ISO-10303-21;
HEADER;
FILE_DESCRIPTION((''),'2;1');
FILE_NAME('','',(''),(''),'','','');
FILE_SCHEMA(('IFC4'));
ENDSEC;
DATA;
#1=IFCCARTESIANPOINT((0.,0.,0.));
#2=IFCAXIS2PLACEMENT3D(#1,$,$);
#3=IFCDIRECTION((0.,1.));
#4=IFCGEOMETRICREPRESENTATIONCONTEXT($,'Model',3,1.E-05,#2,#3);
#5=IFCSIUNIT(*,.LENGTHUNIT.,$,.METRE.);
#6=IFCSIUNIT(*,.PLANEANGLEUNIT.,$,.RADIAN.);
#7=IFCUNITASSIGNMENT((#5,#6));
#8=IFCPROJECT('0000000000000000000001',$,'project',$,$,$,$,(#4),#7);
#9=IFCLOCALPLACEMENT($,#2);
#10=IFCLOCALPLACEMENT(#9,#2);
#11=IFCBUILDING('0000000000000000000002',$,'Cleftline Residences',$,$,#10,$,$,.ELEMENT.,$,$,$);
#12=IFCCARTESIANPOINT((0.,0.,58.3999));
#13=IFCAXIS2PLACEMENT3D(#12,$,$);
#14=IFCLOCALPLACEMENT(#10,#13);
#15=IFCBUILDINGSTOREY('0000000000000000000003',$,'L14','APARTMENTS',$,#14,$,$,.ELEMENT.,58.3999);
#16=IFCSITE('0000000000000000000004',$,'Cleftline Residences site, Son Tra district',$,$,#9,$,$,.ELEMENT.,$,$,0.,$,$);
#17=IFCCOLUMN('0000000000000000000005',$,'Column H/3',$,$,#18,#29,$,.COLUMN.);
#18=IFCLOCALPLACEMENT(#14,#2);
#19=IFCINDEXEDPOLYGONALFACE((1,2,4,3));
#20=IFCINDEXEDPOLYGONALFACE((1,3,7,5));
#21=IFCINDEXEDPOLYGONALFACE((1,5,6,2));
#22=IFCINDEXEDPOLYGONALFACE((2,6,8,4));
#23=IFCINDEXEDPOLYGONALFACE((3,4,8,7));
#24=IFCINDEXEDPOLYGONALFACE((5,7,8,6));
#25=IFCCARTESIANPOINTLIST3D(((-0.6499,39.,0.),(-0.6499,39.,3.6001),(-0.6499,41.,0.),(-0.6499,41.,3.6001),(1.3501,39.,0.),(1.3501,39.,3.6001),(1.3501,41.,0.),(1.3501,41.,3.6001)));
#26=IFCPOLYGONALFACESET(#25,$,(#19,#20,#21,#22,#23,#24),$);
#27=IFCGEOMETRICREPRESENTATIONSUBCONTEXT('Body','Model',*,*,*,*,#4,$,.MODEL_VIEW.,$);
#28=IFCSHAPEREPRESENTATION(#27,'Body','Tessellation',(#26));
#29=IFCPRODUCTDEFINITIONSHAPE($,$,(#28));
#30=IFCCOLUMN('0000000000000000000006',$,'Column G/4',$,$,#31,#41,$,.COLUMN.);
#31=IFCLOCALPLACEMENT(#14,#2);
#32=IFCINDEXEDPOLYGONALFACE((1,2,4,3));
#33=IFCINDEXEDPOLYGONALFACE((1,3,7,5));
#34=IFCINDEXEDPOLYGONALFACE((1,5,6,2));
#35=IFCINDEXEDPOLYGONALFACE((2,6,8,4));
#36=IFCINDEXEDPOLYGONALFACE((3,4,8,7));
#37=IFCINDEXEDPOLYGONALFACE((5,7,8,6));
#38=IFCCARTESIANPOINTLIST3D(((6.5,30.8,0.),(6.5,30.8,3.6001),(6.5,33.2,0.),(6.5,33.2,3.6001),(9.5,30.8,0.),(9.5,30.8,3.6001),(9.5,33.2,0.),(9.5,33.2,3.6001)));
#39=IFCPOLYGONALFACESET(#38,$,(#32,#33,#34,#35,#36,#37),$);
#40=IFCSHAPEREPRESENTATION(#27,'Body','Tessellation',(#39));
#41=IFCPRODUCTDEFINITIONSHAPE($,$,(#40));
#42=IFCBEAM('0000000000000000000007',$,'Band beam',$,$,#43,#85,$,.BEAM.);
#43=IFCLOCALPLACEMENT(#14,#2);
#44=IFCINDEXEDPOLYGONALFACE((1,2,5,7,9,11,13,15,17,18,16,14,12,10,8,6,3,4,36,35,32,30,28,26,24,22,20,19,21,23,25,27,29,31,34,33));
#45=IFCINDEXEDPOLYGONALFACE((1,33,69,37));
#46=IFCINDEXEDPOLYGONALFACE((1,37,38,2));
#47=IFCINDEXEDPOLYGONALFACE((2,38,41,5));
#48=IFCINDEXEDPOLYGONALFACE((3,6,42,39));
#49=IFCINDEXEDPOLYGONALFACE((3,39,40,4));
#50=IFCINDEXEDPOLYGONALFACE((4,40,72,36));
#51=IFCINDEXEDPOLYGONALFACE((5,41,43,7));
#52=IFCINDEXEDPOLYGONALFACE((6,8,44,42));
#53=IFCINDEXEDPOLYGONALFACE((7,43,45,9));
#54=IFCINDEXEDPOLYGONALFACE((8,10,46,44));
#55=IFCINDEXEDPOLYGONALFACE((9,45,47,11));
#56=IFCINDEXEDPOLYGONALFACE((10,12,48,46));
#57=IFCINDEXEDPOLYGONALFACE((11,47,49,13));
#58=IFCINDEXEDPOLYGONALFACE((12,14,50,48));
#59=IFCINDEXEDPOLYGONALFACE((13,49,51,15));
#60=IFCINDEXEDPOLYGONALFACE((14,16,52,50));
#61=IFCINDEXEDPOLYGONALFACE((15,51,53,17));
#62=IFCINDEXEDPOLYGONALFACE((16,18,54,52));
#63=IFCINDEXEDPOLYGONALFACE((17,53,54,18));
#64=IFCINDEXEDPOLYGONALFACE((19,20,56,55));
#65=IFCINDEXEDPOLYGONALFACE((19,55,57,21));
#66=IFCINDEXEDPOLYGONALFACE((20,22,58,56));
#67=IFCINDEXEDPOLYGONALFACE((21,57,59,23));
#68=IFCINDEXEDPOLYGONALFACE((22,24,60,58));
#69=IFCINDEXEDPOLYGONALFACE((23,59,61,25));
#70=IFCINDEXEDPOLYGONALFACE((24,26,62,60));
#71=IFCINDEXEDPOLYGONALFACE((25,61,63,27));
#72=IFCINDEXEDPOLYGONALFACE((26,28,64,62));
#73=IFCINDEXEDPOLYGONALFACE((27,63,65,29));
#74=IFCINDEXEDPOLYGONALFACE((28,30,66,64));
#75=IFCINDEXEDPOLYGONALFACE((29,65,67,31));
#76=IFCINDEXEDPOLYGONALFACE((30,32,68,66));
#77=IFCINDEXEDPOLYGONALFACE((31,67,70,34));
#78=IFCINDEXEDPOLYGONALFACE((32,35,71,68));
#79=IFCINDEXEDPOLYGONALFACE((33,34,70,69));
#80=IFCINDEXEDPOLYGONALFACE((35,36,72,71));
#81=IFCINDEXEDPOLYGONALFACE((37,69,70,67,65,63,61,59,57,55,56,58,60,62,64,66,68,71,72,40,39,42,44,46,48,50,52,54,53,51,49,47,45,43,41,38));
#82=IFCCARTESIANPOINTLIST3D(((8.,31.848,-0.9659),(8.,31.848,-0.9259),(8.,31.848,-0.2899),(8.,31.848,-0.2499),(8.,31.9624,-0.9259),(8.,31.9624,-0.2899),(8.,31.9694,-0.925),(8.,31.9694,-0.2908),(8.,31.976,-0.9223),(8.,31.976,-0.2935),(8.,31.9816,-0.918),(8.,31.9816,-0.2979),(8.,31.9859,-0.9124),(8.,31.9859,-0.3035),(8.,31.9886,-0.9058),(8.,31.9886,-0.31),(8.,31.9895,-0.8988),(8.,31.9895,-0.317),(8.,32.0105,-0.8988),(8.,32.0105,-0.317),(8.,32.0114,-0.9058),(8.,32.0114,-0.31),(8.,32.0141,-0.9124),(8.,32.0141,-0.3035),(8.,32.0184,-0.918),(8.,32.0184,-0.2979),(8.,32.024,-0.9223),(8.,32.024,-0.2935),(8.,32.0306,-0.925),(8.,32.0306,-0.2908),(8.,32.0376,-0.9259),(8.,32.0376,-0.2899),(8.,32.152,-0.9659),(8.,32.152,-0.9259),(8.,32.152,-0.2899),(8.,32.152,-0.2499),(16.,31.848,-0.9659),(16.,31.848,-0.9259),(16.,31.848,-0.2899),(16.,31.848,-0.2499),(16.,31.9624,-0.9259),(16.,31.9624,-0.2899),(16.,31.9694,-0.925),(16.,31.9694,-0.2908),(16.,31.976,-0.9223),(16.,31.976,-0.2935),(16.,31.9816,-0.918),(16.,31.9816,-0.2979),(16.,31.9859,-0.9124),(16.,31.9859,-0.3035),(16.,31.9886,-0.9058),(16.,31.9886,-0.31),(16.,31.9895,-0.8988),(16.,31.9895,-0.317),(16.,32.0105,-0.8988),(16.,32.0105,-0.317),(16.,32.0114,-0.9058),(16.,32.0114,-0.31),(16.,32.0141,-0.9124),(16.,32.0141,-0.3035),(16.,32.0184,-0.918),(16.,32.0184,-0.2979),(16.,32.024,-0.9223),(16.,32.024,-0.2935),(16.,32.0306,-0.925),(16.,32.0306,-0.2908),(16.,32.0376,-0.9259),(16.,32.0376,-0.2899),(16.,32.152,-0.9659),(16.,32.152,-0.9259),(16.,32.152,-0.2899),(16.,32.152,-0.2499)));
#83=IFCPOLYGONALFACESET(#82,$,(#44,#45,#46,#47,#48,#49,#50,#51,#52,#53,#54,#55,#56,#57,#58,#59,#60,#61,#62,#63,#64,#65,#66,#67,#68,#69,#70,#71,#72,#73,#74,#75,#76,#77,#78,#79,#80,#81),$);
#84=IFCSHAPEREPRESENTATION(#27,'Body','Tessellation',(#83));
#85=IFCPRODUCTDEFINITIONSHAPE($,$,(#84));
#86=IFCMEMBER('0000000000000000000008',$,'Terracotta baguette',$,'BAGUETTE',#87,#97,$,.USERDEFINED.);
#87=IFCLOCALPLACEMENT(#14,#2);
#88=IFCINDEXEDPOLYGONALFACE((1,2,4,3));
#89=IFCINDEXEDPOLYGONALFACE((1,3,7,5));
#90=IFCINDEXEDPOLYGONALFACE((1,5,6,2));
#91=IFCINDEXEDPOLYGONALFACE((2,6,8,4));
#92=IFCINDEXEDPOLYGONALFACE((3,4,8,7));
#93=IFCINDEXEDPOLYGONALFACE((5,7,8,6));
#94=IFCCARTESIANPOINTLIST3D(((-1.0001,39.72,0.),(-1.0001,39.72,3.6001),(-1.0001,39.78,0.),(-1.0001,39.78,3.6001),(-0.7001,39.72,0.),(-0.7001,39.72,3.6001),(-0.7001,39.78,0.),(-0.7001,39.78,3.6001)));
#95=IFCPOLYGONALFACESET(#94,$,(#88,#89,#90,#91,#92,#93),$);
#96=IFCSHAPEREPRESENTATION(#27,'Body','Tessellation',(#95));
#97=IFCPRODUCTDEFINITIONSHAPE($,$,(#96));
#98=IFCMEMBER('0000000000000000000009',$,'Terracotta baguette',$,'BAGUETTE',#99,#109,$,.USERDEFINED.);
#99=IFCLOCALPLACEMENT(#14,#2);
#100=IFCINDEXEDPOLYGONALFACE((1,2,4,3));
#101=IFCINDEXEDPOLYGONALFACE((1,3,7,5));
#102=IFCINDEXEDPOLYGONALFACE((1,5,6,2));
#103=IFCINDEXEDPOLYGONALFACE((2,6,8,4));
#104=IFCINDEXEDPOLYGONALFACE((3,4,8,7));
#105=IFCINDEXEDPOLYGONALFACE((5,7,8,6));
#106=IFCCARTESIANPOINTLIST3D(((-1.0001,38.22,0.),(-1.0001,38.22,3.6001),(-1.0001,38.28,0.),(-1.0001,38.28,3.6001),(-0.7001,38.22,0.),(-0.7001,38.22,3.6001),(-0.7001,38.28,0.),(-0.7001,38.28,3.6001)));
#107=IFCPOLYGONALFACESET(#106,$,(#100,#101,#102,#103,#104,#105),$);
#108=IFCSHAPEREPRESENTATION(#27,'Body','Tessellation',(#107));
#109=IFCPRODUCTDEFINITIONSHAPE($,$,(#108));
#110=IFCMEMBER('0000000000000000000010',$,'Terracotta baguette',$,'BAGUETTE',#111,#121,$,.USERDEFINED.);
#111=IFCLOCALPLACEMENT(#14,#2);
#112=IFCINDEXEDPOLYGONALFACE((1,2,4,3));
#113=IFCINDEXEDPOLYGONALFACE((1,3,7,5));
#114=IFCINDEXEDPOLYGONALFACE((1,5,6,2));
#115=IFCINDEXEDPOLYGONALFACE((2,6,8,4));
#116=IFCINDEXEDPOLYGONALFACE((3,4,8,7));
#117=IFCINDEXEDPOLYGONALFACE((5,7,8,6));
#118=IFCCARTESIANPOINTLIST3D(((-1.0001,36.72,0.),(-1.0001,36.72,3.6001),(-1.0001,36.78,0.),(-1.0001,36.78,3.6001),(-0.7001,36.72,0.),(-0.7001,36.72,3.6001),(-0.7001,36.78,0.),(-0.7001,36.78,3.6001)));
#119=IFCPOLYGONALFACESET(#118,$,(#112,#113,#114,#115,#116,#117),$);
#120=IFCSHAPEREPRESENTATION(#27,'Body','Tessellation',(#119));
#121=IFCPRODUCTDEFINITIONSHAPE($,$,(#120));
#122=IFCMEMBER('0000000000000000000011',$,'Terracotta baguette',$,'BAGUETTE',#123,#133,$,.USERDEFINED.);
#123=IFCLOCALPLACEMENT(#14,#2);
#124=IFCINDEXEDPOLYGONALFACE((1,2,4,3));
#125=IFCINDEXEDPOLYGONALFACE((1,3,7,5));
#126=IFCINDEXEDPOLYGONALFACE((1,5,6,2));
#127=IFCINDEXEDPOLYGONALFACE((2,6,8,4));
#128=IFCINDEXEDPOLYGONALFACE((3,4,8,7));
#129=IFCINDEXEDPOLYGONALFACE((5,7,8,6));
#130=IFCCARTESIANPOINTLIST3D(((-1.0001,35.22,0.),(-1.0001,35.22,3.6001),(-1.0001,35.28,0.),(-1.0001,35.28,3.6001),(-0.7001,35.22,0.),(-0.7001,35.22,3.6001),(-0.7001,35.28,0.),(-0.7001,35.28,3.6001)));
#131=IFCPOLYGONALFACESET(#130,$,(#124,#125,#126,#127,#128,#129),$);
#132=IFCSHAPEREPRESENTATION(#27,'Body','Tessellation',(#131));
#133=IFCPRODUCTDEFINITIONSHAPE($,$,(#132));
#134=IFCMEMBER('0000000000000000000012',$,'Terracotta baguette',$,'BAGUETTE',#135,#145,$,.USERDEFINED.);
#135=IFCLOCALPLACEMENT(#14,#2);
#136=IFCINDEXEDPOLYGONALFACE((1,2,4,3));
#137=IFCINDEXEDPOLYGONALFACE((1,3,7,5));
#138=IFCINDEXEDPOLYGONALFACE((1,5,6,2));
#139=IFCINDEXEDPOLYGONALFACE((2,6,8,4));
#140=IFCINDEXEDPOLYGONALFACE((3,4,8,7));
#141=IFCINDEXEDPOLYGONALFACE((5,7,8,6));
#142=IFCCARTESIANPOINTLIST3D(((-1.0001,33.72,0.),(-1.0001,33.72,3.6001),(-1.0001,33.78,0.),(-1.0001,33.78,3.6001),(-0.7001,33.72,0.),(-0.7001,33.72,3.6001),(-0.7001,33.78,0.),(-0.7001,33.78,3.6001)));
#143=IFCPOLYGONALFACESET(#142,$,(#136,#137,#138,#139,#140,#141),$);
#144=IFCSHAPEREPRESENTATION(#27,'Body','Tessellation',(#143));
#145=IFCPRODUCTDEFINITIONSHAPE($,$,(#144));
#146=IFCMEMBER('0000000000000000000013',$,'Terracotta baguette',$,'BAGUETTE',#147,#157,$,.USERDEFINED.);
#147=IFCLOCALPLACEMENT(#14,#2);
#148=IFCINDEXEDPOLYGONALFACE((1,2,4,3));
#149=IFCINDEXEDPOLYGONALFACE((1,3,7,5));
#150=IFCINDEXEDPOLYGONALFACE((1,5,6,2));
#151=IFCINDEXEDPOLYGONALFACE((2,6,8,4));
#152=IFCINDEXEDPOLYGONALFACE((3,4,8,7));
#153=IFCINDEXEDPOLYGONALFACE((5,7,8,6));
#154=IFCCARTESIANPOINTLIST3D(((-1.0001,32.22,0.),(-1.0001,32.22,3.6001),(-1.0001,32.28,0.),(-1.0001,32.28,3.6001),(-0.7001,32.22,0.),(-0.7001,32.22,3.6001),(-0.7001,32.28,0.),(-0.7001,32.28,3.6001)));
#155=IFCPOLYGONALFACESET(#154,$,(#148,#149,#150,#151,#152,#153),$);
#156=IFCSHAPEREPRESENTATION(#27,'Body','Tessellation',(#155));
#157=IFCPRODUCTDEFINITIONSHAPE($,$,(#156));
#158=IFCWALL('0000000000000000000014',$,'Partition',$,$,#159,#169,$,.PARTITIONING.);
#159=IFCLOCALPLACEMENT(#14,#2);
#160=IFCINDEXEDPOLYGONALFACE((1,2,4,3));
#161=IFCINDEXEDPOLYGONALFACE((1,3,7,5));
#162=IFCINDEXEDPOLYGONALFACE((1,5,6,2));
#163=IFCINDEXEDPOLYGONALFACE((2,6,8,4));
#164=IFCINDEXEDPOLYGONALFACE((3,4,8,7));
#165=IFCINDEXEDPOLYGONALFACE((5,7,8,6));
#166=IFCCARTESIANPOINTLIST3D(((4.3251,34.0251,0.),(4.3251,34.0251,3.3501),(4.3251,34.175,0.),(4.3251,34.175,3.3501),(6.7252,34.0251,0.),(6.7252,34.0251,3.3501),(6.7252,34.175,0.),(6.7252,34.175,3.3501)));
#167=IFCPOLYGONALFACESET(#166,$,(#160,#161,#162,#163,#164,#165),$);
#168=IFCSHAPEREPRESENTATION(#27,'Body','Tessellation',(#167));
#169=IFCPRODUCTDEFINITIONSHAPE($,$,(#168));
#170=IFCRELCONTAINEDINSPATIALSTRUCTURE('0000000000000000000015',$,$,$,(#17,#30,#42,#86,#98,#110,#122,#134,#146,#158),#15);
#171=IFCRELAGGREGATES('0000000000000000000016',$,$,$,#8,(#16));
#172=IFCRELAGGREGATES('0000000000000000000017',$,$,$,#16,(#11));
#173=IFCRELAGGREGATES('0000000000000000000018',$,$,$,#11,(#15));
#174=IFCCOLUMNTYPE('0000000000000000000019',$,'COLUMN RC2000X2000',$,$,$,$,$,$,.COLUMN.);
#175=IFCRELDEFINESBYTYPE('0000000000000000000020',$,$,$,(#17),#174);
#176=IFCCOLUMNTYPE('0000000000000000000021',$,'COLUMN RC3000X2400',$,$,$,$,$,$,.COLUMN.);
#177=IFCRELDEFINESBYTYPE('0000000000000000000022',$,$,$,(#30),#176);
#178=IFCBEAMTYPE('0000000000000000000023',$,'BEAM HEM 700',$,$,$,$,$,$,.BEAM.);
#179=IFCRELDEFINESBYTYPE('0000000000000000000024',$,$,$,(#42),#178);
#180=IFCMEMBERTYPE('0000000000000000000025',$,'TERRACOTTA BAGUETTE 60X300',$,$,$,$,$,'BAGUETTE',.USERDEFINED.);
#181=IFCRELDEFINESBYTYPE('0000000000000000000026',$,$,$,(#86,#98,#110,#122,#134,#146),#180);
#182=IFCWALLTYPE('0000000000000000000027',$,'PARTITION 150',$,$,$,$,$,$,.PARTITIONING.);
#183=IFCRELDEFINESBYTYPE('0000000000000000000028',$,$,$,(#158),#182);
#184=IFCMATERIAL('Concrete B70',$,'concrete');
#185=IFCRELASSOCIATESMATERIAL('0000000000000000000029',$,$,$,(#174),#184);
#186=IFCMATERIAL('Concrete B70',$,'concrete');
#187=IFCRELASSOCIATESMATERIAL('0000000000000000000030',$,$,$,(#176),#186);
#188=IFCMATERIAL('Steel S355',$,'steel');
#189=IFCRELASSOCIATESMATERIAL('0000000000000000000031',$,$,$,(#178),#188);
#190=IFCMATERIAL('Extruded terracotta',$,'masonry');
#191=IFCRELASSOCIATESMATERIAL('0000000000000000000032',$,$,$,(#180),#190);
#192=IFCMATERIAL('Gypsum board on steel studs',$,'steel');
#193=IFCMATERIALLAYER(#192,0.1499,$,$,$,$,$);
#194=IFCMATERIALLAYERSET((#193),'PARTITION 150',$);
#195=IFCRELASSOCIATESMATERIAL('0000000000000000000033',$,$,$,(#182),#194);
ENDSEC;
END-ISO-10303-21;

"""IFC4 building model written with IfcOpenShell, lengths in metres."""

from ifc_helpers import new_model, si_unit, direction, frame, frame_2d, origin, origin_2d, place, context, subcontext, project, spatial, rectangle, i_section, extrude, material, layer, layer_set, material_profile, profile_set, type_object, element, save


model = new_model("IFC4")

# Units and contexts
model_context = context("Model", 3, precision=1e-05, world=origin(), true_north=direction((0.0, 1.0)))
body_context = subcontext(model_context, "Body", "Model", "MODEL_VIEW")
ifc_project = project(units=[si_unit("LENGTHUNIT", "METRE"), si_unit("PLANEANGLEUNIT", "RADIAN")], contexts=[model_context])

# Site, building, storey
site_placement = place(None, origin())
site = spatial("IfcSite", under=ifc_project, at=site_placement, Name="Cleftline Residences site, Son Tra district", CompositionType="ELEMENT", RefElevation=0.0)
building_placement = place(site_placement, origin())
building = spatial("IfcBuilding", under=site, at=building_placement, Name="Cleftline Residences", CompositionType="ELEMENT")
storey_placement = place(building_placement, frame((0.0, 0.0, 58.3999)))
storey = spatial("IfcBuildingStorey", under=building, at=storey_placement, Name="L14", Description="APARTMENTS", CompositionType="ELEMENT", Elevation=58.3999)

# Columns
ifc_material_1 = material(Name="Concrete B70", Category="concrete")
ifc_material_profile_1 = material_profile(ifc_material_1, rectangle(XDim=2.0, YDim=2.0, at=origin_2d()))
ifc_profile_set_1 = profile_set([ifc_material_profile_1], Name="Concrete B70")
column_type_1 = type_object("IfcColumnType", Name="COLUMN RC2000X2000", PredefinedType="COLUMN", material=ifc_profile_set_1)
column_1_placement = place(storey_placement, frame((0.3501, 40.0, 0.0), z_axis=(0.0, 0.0, 1.0), x_axis=(1.0, 0.0, 0.0)))
element("IfcColumn", 1, at=column_1_placement, inside=storey, type_object=column_type_1, Name="Column H/3", PredefinedType="COLUMN", context=body_context, shape_type="SweptSolid", body=[
    extrude(rectangle(XDim=2.0, YDim=2.0, at=origin_2d()), origin(), (0.0, 0.0, 1.0), 3.6001),
])
ifc_material_2 = material(Name="Concrete B70", Category="concrete")
ifc_material_profile_2 = material_profile(ifc_material_2, rectangle(XDim=3.0, YDim=2.3999, at=origin_2d()))
ifc_profile_set_2 = profile_set([ifc_material_profile_2], Name="Concrete B70")
column_type_2 = type_object("IfcColumnType", Name="COLUMN RC3000X2400", PredefinedType="COLUMN", material=ifc_profile_set_2)
column_2_placement = place(storey_placement, frame((8.0, 32.0, 0.0), z_axis=(0.0, 0.0, 1.0), x_axis=(1.0, 0.0, 0.0)))
element("IfcColumn", 2, at=column_2_placement, inside=storey, type_object=column_type_2, Name="Column G/4", PredefinedType="COLUMN", context=body_context, shape_type="SweptSolid", body=[
    extrude(rectangle(XDim=3.0, YDim=2.3999, at=origin_2d()), origin(), (0.0, 0.0, 1.0), 3.6001),
])

# Beam
ifc_material_3 = material(Name="Steel S355", Category="steel")
ifc_material_profile_3 = material_profile(ifc_material_3, i_section(OverallWidth=0.304, OverallDepth=0.7161, WebThickness=0.021, FlangeThickness=0.04, FilletRadius=0.0271, at=origin_2d()))
ifc_profile_set_3 = profile_set([ifc_material_profile_3], Name="Steel S355")
beam_type = type_object("IfcBeamType", Name="BEAM HEM 700", PredefinedType="BEAM", material=ifc_profile_set_3)
beam_placement = place(storey_placement, frame((8.0, 32.0, -0.6079), z_axis=(1.0, 0.0, 0.0), x_axis=(0.0, 1.0, 0.0)))
element("IfcBeam", 3, at=beam_placement, inside=storey, type_object=beam_type, Name="Band beam", PredefinedType="BEAM", context=body_context, shape_type="SweptSolid", body=[
    extrude(i_section(OverallWidth=0.304, OverallDepth=0.7161, WebThickness=0.021, FlangeThickness=0.04, FilletRadius=0.0271, at=origin_2d()), origin(), (0.0, 0.0, 1.0), 8.0),
])

# Members
ifc_material_4 = material(Name="Extruded terracotta", Category="masonry")
ifc_material_profile_4 = material_profile(ifc_material_4, rectangle(XDim=0.0601, YDim=0.3, at=origin_2d()))
ifc_profile_set_4 = profile_set([ifc_material_profile_4], Name="Extruded terracotta")
member_type = type_object("IfcMemberType", Name="TERRACOTTA BAGUETTE 60X300", ElementType="BAGUETTE", PredefinedType="USERDEFINED", material=ifc_profile_set_4)
for number, where, z_axis, x_axis, name in (
    (4, (-0.8501, 39.75, 0.0), (0.0, 0.0, 1.0), (0.0, 1.0, 0.0), "Terracotta baguette"),
    (5, (-0.8501, 38.25, 0.0), (0.0, 0.0, 1.0), (0.0, 1.0, 0.0), "Terracotta baguette"),
    (6, (-0.8501, 36.75, 0.0), (0.0, 0.0, 1.0), (0.0, 1.0, 0.0), "Terracotta baguette"),
    (7, (-0.8501, 35.25, 0.0), (0.0, 0.0, 1.0), (0.0, 1.0, 0.0), "Terracotta baguette"),
    (8, (-0.8501, 33.75, 0.0), (0.0, 0.0, 1.0), (0.0, 1.0, 0.0), "Terracotta baguette"),
    (9, (-0.8501, 32.25, 0.0), (0.0, 0.0, 1.0), (0.0, 1.0, 0.0), "Terracotta baguette"),
):
    element("IfcMember", number, at=place(storey_placement, frame(where, z_axis=z_axis, x_axis=x_axis)), inside=storey, type_object=member_type, Name=name, ObjectType="BAGUETTE", PredefinedType="USERDEFINED", context=body_context, shape_type="SweptSolid", body=[
        extrude(rectangle(XDim=0.0601, YDim=0.3, at=origin_2d()), origin(), (0.0, 0.0, 1.0), 3.6001),
    ])

# Wall
ifc_material_5 = material(Name="Gypsum board on steel studs", Category="steel")
ifc_layer = layer(ifc_material_5, 0.1499)
ifc_layer_set = layer_set([ifc_layer], Name="PARTITION 150")
wall_type = type_object("IfcWallType", Name="PARTITION 150", PredefinedType="PARTITIONING", material=ifc_layer_set)
wall_1_placement = place(storey_placement, frame((4.325, 34.1001, 0.0), z_axis=(0.0, 0.0, 1.0), x_axis=(1.0, 0.0, 0.0)))
element("IfcWall", 10, at=wall_1_placement, inside=storey, type_object=wall_type, Name="Partition", PredefinedType="PARTITIONING", context=body_context, shape_type="SweptSolid", body=[
    extrude(rectangle(XDim=2.4001, YDim=0.1499, at=frame_2d((1.2002, 0.0))), origin(), (0.0, 0.0, 1.0), 3.3501),
])

save(model, "model.ifc")
